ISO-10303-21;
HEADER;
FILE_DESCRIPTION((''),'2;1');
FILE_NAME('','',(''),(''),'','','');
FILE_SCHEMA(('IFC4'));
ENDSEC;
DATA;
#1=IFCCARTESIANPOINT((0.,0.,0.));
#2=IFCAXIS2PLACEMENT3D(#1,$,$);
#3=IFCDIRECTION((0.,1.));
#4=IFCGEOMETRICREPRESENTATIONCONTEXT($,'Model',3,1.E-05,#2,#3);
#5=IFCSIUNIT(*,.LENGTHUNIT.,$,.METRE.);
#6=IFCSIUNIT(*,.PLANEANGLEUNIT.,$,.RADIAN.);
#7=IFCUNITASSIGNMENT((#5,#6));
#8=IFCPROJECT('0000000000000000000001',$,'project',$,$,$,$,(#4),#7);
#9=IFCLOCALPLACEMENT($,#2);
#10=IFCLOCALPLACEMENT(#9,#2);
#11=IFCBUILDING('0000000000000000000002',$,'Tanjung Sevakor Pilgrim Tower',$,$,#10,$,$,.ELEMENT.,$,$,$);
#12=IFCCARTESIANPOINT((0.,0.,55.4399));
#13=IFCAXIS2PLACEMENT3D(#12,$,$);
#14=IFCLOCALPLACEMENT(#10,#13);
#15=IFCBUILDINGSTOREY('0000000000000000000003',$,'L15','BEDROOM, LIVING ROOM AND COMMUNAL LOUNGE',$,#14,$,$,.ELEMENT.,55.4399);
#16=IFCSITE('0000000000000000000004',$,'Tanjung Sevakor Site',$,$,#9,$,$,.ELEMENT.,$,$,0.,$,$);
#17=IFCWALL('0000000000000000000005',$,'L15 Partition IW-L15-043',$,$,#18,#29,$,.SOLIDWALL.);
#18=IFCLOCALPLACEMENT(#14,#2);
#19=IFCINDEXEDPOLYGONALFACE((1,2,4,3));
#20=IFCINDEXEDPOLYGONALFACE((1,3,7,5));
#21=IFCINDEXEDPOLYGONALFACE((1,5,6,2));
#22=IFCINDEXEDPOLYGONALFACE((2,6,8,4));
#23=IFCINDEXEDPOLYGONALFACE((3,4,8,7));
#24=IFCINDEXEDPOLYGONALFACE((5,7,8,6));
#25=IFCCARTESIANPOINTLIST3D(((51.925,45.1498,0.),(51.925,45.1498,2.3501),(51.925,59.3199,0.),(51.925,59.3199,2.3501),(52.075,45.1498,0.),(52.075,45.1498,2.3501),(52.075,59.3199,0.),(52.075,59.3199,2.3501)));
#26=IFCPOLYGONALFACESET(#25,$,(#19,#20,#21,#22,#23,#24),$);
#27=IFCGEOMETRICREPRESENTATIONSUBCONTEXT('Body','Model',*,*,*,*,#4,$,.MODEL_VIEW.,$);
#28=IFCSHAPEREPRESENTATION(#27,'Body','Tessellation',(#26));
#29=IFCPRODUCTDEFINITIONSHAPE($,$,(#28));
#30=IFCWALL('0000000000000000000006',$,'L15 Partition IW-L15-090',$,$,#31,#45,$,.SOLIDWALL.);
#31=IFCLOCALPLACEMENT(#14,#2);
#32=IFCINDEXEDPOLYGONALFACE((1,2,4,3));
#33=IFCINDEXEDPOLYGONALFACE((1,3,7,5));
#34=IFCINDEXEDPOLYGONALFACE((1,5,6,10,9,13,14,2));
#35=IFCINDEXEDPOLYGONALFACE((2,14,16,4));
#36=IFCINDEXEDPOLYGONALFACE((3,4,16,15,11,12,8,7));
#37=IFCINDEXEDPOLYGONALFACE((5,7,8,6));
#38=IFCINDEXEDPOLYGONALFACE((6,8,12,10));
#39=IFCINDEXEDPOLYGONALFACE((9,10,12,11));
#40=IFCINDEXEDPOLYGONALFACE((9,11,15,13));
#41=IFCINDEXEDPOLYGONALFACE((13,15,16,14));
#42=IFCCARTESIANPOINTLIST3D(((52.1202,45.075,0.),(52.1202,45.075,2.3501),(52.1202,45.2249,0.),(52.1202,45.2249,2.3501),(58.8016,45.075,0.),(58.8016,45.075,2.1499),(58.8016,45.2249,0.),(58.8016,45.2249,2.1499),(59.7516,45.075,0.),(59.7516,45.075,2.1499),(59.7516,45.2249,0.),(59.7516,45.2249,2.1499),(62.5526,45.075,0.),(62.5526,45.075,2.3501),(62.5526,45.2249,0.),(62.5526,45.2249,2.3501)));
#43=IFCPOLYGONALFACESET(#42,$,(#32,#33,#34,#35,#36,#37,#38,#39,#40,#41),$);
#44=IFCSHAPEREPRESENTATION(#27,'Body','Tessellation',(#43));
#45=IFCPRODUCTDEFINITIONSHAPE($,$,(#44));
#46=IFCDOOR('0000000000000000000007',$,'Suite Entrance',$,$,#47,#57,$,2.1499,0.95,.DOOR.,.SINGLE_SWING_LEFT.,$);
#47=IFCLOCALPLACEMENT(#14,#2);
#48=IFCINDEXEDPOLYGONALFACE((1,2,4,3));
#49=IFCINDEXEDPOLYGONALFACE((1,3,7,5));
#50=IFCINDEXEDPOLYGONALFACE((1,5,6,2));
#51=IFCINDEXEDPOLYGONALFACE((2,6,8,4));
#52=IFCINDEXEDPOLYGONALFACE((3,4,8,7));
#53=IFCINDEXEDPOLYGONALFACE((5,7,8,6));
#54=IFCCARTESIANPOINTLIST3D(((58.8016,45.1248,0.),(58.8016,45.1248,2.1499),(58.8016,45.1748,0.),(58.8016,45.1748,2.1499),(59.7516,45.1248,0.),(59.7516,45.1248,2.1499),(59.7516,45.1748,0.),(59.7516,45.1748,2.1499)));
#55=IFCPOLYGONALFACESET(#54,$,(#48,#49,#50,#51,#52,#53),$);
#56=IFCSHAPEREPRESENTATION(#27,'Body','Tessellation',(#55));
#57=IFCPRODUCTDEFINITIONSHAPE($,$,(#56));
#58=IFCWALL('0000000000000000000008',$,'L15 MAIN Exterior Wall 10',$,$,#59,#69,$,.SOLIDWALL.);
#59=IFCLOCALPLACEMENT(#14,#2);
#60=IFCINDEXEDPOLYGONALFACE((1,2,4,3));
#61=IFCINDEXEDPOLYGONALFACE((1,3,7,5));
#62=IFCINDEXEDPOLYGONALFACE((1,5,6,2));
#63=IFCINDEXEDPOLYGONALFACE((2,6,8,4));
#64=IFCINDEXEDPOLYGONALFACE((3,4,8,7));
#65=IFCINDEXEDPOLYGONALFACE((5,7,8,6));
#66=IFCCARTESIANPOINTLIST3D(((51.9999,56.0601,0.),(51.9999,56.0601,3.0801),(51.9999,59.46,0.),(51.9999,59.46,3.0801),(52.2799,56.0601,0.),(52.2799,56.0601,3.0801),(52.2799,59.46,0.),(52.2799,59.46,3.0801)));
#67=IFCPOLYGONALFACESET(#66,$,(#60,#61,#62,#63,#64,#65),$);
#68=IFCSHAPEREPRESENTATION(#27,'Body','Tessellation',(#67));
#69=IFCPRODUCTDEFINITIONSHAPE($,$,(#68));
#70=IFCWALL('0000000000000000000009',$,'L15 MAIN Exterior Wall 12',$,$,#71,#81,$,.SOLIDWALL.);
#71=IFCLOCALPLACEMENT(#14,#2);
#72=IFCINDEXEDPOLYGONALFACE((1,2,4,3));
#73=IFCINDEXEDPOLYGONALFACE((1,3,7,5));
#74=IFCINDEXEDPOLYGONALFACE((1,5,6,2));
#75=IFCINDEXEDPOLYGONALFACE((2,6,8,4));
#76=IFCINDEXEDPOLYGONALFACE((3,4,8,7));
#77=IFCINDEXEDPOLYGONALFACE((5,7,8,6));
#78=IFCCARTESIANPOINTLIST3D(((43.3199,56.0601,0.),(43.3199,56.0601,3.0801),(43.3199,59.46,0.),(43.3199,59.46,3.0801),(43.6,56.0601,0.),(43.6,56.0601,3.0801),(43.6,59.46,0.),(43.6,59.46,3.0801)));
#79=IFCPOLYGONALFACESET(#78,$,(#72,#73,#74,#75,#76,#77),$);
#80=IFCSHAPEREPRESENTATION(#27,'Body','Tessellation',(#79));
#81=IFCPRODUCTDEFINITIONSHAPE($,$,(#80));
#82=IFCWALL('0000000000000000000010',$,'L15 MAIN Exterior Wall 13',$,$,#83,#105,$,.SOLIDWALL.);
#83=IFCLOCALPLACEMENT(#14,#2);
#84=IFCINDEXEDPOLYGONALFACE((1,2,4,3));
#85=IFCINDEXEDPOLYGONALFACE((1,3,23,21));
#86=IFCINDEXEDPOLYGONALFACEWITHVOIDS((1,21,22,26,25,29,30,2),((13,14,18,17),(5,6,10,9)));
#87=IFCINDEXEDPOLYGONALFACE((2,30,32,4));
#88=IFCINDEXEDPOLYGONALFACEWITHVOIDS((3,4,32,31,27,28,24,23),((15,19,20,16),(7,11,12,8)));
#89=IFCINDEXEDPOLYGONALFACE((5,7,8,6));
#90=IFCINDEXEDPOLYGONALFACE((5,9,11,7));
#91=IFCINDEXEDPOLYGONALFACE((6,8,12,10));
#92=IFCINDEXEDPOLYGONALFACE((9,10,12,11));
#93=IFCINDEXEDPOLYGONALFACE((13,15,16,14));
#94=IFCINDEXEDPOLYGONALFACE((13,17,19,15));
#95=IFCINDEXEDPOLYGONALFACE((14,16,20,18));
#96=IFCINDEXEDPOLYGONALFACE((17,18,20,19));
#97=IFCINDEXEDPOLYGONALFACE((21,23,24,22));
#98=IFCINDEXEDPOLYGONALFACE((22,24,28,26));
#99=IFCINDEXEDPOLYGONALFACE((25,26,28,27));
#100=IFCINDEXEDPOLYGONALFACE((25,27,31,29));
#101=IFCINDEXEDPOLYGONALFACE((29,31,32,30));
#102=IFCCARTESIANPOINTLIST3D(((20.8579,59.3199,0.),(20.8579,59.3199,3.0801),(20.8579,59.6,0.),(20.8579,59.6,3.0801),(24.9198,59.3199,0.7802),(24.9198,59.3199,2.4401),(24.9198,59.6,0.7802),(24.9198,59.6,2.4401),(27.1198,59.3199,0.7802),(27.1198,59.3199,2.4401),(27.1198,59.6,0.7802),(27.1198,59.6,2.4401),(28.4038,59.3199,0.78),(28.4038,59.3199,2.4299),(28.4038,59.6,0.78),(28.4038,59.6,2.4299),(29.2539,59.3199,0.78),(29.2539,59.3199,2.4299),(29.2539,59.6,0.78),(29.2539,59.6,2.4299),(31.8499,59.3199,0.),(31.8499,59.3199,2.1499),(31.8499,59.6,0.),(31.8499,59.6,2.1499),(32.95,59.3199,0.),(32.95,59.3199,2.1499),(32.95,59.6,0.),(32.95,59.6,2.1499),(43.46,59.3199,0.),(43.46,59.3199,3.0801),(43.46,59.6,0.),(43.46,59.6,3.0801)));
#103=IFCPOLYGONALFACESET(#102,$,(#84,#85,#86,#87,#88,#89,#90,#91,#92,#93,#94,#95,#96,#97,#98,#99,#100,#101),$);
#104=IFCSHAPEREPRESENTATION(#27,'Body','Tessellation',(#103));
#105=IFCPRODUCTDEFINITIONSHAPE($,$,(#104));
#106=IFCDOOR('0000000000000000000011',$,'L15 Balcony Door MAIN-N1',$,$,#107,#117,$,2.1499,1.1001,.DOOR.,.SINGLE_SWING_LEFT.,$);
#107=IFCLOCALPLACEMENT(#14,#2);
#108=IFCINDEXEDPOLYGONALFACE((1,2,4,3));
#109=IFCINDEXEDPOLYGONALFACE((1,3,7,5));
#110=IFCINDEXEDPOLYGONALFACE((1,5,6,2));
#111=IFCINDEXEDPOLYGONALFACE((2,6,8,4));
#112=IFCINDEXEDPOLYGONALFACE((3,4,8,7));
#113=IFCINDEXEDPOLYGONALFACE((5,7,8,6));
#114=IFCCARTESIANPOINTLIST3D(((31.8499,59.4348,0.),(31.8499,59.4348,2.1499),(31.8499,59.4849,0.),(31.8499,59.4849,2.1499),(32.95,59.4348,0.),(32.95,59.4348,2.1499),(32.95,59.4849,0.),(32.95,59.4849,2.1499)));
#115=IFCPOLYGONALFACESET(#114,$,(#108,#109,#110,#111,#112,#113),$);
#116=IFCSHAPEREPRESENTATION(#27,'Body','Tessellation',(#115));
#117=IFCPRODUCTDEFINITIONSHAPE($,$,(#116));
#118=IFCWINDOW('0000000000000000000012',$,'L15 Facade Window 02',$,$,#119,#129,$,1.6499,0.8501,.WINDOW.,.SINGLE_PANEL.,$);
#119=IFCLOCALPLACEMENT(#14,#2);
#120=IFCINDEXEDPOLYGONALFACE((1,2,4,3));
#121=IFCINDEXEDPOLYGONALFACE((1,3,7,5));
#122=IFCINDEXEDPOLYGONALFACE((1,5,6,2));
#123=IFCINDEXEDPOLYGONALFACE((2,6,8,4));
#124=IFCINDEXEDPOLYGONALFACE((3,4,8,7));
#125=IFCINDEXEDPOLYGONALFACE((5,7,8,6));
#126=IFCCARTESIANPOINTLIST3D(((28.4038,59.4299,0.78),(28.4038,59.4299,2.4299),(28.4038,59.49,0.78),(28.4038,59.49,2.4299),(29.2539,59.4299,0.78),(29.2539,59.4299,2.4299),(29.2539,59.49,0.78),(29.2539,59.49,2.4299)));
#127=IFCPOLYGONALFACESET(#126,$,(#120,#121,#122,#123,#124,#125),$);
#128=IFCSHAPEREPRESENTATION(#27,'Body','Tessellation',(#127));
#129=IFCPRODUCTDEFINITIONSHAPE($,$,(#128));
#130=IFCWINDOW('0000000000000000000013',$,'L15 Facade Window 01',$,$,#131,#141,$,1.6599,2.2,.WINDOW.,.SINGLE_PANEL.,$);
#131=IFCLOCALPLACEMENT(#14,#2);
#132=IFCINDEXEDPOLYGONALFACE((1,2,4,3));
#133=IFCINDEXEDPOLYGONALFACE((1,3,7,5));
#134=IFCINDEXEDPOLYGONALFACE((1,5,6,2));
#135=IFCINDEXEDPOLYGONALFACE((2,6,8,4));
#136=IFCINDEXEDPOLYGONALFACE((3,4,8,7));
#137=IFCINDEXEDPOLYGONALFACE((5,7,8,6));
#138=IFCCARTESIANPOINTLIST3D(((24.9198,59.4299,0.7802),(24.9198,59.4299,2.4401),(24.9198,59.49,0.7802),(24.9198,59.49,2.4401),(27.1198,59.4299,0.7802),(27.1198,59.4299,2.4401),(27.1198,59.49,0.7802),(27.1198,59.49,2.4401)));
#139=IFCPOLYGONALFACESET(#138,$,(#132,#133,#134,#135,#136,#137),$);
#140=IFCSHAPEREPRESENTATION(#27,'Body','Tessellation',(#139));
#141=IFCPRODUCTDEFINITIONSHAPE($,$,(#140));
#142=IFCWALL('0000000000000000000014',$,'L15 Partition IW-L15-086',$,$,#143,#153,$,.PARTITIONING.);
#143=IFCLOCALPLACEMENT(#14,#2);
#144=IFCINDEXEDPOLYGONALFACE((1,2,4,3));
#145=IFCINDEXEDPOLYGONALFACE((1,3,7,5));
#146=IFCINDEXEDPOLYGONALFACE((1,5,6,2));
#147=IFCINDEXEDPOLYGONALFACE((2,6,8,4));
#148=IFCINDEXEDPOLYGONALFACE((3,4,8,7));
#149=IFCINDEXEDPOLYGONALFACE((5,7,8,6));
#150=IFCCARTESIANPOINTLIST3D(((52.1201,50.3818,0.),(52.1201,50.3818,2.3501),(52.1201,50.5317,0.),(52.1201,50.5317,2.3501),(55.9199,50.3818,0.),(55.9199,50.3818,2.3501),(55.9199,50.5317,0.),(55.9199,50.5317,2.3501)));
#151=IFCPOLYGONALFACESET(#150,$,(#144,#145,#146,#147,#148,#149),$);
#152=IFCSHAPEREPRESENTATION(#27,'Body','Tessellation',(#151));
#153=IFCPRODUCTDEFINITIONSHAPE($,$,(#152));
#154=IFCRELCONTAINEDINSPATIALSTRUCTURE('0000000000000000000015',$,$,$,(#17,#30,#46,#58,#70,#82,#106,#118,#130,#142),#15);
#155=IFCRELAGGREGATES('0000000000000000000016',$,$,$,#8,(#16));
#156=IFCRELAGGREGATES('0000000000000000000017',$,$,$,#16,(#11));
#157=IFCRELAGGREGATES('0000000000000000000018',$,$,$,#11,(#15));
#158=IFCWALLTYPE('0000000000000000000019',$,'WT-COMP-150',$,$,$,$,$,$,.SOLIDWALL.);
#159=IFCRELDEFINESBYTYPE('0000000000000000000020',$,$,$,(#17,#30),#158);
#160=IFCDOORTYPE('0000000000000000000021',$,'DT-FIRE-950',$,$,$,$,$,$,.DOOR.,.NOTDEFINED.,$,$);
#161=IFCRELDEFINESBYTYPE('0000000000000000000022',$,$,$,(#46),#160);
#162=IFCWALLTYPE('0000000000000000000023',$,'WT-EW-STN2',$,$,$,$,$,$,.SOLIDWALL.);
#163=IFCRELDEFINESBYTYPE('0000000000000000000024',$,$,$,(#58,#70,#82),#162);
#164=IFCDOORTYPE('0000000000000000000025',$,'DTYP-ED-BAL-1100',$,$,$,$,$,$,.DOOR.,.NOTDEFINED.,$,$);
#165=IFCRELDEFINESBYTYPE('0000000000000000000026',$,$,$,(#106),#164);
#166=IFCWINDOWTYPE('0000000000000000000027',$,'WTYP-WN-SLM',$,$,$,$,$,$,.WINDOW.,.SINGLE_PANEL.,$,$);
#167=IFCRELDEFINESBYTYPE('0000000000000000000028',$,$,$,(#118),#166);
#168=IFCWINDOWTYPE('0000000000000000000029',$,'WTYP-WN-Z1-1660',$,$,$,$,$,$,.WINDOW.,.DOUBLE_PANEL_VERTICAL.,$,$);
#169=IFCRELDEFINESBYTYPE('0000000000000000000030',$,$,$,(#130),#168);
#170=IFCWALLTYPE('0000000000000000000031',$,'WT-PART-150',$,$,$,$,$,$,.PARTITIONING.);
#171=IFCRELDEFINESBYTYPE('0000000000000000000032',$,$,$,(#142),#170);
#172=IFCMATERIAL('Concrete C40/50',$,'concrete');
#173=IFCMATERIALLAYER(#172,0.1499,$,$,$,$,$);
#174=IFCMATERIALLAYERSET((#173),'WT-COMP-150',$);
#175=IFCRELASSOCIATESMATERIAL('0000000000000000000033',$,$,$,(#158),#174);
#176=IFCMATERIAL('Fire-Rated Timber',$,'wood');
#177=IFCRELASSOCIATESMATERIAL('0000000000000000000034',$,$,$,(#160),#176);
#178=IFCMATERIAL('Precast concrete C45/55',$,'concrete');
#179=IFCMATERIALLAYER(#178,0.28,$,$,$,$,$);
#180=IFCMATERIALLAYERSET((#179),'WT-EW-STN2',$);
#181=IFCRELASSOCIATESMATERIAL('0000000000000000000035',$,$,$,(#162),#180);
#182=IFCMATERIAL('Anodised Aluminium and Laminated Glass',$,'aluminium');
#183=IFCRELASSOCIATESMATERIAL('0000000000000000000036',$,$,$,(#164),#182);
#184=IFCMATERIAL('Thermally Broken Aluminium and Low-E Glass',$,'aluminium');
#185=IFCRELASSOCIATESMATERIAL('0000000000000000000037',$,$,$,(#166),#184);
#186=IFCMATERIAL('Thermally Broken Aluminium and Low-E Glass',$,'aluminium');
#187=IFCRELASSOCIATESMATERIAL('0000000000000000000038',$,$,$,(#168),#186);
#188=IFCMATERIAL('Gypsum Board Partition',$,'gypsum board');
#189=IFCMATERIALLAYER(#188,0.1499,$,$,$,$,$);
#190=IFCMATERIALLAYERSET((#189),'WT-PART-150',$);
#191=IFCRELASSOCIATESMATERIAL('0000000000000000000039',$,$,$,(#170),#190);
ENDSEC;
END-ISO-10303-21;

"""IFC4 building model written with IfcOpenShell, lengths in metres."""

from ifc_helpers import new_model, si_unit, direction, frame, frame_2d, origin, place, context, subcontext, project, spatial, rectangle, extrude, material, layer, layer_set, type_object, element, fill, save


model = new_model("IFC4")

# Units and contexts
model_context = context("Model", 3, precision=1e-05, world=origin(), true_north=direction((0.0, 1.0)))
body_context = subcontext(model_context, "Body", "Model", "MODEL_VIEW")
ifc_project = project(units=[si_unit("LENGTHUNIT", "METRE"), si_unit("PLANEANGLEUNIT", "RADIAN")], contexts=[model_context])

# Site, building, storey
site_placement = place(None, origin())
site = spatial("IfcSite", under=ifc_project, at=site_placement, Name="Tanjung Sevakor Site", CompositionType="ELEMENT", RefElevation=0.0)
building_placement = place(site_placement, origin())
building = spatial("IfcBuilding", under=site, at=building_placement, Name="Tanjung Sevakor Pilgrim Tower", CompositionType="ELEMENT")
storey_placement = place(building_placement, frame((0.0, 0.0, 55.4399)))
storey = spatial("IfcBuildingStorey", under=building, at=storey_placement, Name="L15", Description="BEDROOM, LIVING ROOM AND COMMUNAL LOUNGE", CompositionType="ELEMENT", Elevation=55.4399)

# Wall
ifc_material_1 = material(Name="Concrete C40/50", Category="concrete")
ifc_layer_1 = layer(ifc_material_1, 0.1499)
ifc_layer_set_1 = layer_set([ifc_layer_1], Name="WT-COMP-150")
wall_type_1 = type_object("IfcWallType", Name="WT-COMP-150", PredefinedType="SOLIDWALL", material=ifc_layer_set_1)
for number, where, z_axis, x_axis, name in (
    (1, (52.0, 45.1499, 0.0), (0.0, 0.0, 1.0), (0.0, 1.0, 0.0), "L15 Partition IW-L15-043"),
):
    element("IfcWall", number, at=place(storey_placement, frame(where, z_axis=z_axis, x_axis=x_axis)), inside=storey, type_object=wall_type_1, Name=name, PredefinedType="SOLIDWALL", context=body_context, shape_type="SweptSolid", body=[
        extrude(rectangle(XDim=14.1702, YDim=0.1499, at=frame_2d((7.085, 0.0))), origin(), (0.0, 0.0, 1.0), 2.3501),
    ])

# Wall, opening, door
wall_1_placement = place(storey_placement, frame((52.1201, 45.1499, 0.0), z_axis=(0.0, 0.0, 1.0), x_axis=(1.0, 0.0, 0.0)))
wall_1 = element("IfcWall", 2, at=wall_1_placement, inside=storey, type_object=wall_type_1, Name="L15 Partition IW-L15-090", PredefinedType="SOLIDWALL", context=body_context, shape_type="SweptSolid", body=[
    extrude(rectangle(XDim=10.4324, YDim=0.1499, at=frame_2d((5.2163, 0.0))), origin(), (0.0, 0.0, 1.0), 2.3501),
])
opening_1_placement = place(wall_1_placement, frame((6.6814, 0.0, 0.0)))
opening_1 = element("IfcOpeningElement", 3, at=opening_1_placement, cuts=wall_1, PredefinedType="OPENING", context=body_context, shape_type="SweptSolid", body=[
    extrude(rectangle(XDim=0.95, YDim=2.1499, at=frame_2d((0.4751, 1.075))), frame((0.0, 0.085, 0.0), z_axis=(0.0, -1.0, 0.0), x_axis=(1.0, 0.0, 0.0)), (0.0, 0.0, 1.0), 0.1699),
])
ifc_material_2 = material(Name="Fire-Rated Timber", Category="wood")
door_type_1 = type_object("IfcDoorType", Name="DT-FIRE-950", OperationType="NOTDEFINED", PredefinedType="DOOR", material=ifc_material_2)
door_1_placement = place(opening_1_placement, origin())
door_1 = element("IfcDoor", 4, at=door_1_placement, inside=storey, type_object=door_type_1, Name="Suite Entrance", OperationType="SINGLE_SWING_LEFT", OverallHeight=2.1499, OverallWidth=0.95, PredefinedType="DOOR", context=body_context, shape_type="SweptSolid", body=[
    extrude(rectangle(XDim=0.95, YDim=2.1499, at=frame_2d((0.4751, 1.075))), frame((0.0, 0.0249, 0.0), z_axis=(0.0, -1.0, 0.0), x_axis=(1.0, 0.0, 0.0)), (0.0, 0.0, 1.0), 0.05),
])
fill(opening_1, door_1)

# Walls
ifc_material_3 = material(Name="Precast concrete C45/55", Category="concrete")
ifc_layer_2 = layer(ifc_material_3, 0.28)
ifc_layer_set_2 = layer_set([ifc_layer_2], Name="WT-EW-STN2")
wall_type_2 = type_object("IfcWallType", Name="WT-EW-STN2", PredefinedType="SOLIDWALL", material=ifc_layer_set_2)
for number, where, z_axis, x_axis, name in (
    (5, (52.1399, 59.46, 0.0), (0.0, 0.0, 1.0), (0.0, -1.0, 0.0), "L15 MAIN Exterior Wall 10"),
    (6, (43.46, 56.0601, 0.0), (0.0, 0.0, 1.0), (0.0, 1.0, 0.0), "L15 MAIN Exterior Wall 12"),
):
    element("IfcWall", number, at=place(storey_placement, frame(where, z_axis=z_axis, x_axis=x_axis)), inside=storey, type_object=wall_type_2, Name=name, PredefinedType="SOLIDWALL", context=body_context, shape_type="SweptSolid", body=[
        extrude(rectangle(XDim=3.3999, YDim=0.28, at=frame_2d((1.7, 0.0))), origin(), (0.0, 0.0, 1.0), 3.0801),
    ])

# Wall, openings, door, windows
wall_2_placement = place(storey_placement, frame((43.46, 59.46, 0.0), z_axis=(0.0, 0.0, 1.0), x_axis=(-1.0, 0.0, 0.0)))
wall_2 = element("IfcWall", 7, at=wall_2_placement, inside=storey, type_object=wall_type_2, Name="L15 MAIN Exterior Wall 13", PredefinedType="SOLIDWALL", context=body_context, shape_type="SweptSolid", body=[
    extrude(rectangle(XDim=22.6021, YDim=0.28, at=frame_2d((11.301, 0.0))), origin(), (0.0, 0.0, 1.0), 3.0801),
])
opening_2_placement = place(wall_2_placement, frame((10.51, 0.0, 0.0)))
opening_2 = element("IfcOpeningElement", 8, at=opening_2_placement, cuts=wall_2, PredefinedType="OPENING", context=body_context, shape_type="SweptSolid", body=[
    extrude(rectangle(XDim=1.1001, YDim=2.1499, at=frame_2d((0.55, 1.075))), frame((0.0, 0.1499, 0.0), z_axis=(0.0, -1.0, 0.0), x_axis=(1.0, 0.0, 0.0)), (0.0, 0.0, 1.0), 0.3),
])
opening_3_placement = place(wall_2_placement, frame((16.3401, 0.0, 0.78)))
opening_3 = element("IfcOpeningElement", 9, at=opening_3_placement, cuts=wall_2, PredefinedType="OPENING", context=body_context, shape_type="SweptSolid", body=[
    extrude(rectangle(XDim=2.2, YDim=1.6599, at=frame_2d((1.1001, 0.8301))), frame((0.0, 0.1499, 0.0), z_axis=(0.0, -1.0, 0.0), x_axis=(1.0, 0.0, 0.0)), (0.0, 0.0, 1.0), 0.3),
])
opening_4_placement = place(wall_2_placement, frame((14.2061, 0.0, 0.78)))
opening_4 = element("IfcOpeningElement", 10, at=opening_4_placement, cuts=wall_2, PredefinedType="OPENING", context=body_context, shape_type="SweptSolid", body=[
    extrude(rectangle(XDim=0.8501, YDim=1.6499, at=frame_2d((0.425, 0.825))), frame((0.0, 0.1499, 0.0), z_axis=(0.0, -1.0, 0.0), x_axis=(1.0, 0.0, 0.0)), (0.0, 0.0, 1.0), 0.3),
])
ifc_material_4 = material(Name="Anodised Aluminium and Laminated Glass", Category="aluminium")
door_type_2 = type_object("IfcDoorType", Name="DTYP-ED-BAL-1100", OperationType="NOTDEFINED", PredefinedType="DOOR", material=ifc_material_4)
door_2_placement = place(opening_2_placement, frame((1.1001, 0.0, 0.0), z_axis=(0.0, 0.0, 1.0), x_axis=(-1.0, 0.0, 0.0)))
door_2 = element("IfcDoor", 11, at=door_2_placement, inside=storey, type_object=door_type_2, Name="L15 Balcony Door MAIN-N1", OperationType="SINGLE_SWING_LEFT", OverallHeight=2.1499, OverallWidth=1.1001, PredefinedType="DOOR", context=body_context, shape_type="SweptSolid", body=[
    extrude(rectangle(XDim=1.1001, YDim=2.1499, at=frame_2d((0.55, 1.075))), frame((0.0, 0.0249, 0.0), z_axis=(0.0, -1.0, 0.0), x_axis=(1.0, 0.0, 0.0)), (0.0, 0.0, 1.0), 0.05),
])
fill(opening_2, door_2)
ifc_material_5 = material(Name="Thermally Broken Aluminium and Low-E Glass", Category="aluminium")
window_type_1 = type_object("IfcWindowType", Name="WTYP-WN-SLM", PartitioningType="SINGLE_PANEL", PredefinedType="WINDOW", material=ifc_material_5)
window_1_placement = place(opening_4_placement, origin())
window_1 = element("IfcWindow", 12, at=window_1_placement, inside=storey, type_object=window_type_1, Name="L15 Facade Window 02", OverallHeight=1.6499, OverallWidth=0.8501, PartitioningType="SINGLE_PANEL", PredefinedType="WINDOW", context=body_context, shape_type="SweptSolid", body=[
    extrude(rectangle(XDim=0.8501, YDim=1.6499, at=frame_2d((0.425, 0.825))), frame((0.0, 0.03, 0.0), z_axis=(0.0, -1.0, 0.0), x_axis=(1.0, 0.0, 0.0)), (0.0, 0.0, 1.0), 0.0601),
])
fill(opening_4, window_1)
ifc_material_6 = material(Name="Thermally Broken Aluminium and Low-E Glass", Category="aluminium")
window_type_2 = type_object("IfcWindowType", Name="WTYP-WN-Z1-1660", PartitioningType="DOUBLE_PANEL_VERTICAL", PredefinedType="WINDOW", material=ifc_material_6)
window_2_placement = place(opening_3_placement, origin())
window_2 = element("IfcWindow", 13, at=window_2_placement, inside=storey, type_object=window_type_2, Name="L15 Facade Window 01", OverallHeight=1.6599, OverallWidth=2.2, PartitioningType="SINGLE_PANEL", PredefinedType="WINDOW", context=body_context, shape_type="SweptSolid", body=[
    extrude(rectangle(XDim=2.2, YDim=1.6599, at=frame_2d((1.1001, 0.8301))), frame((0.0, 0.03, 0.0), z_axis=(0.0, -1.0, 0.0), x_axis=(1.0, 0.0, 0.0)), (0.0, 0.0, 1.0), 0.0601),
])
fill(opening_3, window_2)

# Wall
ifc_material_7 = material(Name="Gypsum Board Partition", Category="gypsum board")
ifc_layer_3 = layer(ifc_material_7, 0.1499)
ifc_layer_set_3 = layer_set([ifc_layer_3], Name="WT-PART-150")
wall_type_3 = type_object("IfcWallType", Name="WT-PART-150", PredefinedType="PARTITIONING", material=ifc_layer_set_3)
wall_3_placement = place(storey_placement, frame((52.1201, 50.4568, 0.0), z_axis=(0.0, 0.0, 1.0), x_axis=(1.0, 0.0, 0.0)))
element("IfcWall", 14, at=wall_3_placement, inside=storey, type_object=wall_type_3, Name="L15 Partition IW-L15-086", PredefinedType="PARTITIONING", context=body_context, shape_type="SweptSolid", body=[
    extrude(rectangle(XDim=3.7998, YDim=0.1499, at=frame_2d((1.8999, 0.0))), origin(), (0.0, 0.0, 1.0), 2.3501),
])

save(model, "model.ifc")
